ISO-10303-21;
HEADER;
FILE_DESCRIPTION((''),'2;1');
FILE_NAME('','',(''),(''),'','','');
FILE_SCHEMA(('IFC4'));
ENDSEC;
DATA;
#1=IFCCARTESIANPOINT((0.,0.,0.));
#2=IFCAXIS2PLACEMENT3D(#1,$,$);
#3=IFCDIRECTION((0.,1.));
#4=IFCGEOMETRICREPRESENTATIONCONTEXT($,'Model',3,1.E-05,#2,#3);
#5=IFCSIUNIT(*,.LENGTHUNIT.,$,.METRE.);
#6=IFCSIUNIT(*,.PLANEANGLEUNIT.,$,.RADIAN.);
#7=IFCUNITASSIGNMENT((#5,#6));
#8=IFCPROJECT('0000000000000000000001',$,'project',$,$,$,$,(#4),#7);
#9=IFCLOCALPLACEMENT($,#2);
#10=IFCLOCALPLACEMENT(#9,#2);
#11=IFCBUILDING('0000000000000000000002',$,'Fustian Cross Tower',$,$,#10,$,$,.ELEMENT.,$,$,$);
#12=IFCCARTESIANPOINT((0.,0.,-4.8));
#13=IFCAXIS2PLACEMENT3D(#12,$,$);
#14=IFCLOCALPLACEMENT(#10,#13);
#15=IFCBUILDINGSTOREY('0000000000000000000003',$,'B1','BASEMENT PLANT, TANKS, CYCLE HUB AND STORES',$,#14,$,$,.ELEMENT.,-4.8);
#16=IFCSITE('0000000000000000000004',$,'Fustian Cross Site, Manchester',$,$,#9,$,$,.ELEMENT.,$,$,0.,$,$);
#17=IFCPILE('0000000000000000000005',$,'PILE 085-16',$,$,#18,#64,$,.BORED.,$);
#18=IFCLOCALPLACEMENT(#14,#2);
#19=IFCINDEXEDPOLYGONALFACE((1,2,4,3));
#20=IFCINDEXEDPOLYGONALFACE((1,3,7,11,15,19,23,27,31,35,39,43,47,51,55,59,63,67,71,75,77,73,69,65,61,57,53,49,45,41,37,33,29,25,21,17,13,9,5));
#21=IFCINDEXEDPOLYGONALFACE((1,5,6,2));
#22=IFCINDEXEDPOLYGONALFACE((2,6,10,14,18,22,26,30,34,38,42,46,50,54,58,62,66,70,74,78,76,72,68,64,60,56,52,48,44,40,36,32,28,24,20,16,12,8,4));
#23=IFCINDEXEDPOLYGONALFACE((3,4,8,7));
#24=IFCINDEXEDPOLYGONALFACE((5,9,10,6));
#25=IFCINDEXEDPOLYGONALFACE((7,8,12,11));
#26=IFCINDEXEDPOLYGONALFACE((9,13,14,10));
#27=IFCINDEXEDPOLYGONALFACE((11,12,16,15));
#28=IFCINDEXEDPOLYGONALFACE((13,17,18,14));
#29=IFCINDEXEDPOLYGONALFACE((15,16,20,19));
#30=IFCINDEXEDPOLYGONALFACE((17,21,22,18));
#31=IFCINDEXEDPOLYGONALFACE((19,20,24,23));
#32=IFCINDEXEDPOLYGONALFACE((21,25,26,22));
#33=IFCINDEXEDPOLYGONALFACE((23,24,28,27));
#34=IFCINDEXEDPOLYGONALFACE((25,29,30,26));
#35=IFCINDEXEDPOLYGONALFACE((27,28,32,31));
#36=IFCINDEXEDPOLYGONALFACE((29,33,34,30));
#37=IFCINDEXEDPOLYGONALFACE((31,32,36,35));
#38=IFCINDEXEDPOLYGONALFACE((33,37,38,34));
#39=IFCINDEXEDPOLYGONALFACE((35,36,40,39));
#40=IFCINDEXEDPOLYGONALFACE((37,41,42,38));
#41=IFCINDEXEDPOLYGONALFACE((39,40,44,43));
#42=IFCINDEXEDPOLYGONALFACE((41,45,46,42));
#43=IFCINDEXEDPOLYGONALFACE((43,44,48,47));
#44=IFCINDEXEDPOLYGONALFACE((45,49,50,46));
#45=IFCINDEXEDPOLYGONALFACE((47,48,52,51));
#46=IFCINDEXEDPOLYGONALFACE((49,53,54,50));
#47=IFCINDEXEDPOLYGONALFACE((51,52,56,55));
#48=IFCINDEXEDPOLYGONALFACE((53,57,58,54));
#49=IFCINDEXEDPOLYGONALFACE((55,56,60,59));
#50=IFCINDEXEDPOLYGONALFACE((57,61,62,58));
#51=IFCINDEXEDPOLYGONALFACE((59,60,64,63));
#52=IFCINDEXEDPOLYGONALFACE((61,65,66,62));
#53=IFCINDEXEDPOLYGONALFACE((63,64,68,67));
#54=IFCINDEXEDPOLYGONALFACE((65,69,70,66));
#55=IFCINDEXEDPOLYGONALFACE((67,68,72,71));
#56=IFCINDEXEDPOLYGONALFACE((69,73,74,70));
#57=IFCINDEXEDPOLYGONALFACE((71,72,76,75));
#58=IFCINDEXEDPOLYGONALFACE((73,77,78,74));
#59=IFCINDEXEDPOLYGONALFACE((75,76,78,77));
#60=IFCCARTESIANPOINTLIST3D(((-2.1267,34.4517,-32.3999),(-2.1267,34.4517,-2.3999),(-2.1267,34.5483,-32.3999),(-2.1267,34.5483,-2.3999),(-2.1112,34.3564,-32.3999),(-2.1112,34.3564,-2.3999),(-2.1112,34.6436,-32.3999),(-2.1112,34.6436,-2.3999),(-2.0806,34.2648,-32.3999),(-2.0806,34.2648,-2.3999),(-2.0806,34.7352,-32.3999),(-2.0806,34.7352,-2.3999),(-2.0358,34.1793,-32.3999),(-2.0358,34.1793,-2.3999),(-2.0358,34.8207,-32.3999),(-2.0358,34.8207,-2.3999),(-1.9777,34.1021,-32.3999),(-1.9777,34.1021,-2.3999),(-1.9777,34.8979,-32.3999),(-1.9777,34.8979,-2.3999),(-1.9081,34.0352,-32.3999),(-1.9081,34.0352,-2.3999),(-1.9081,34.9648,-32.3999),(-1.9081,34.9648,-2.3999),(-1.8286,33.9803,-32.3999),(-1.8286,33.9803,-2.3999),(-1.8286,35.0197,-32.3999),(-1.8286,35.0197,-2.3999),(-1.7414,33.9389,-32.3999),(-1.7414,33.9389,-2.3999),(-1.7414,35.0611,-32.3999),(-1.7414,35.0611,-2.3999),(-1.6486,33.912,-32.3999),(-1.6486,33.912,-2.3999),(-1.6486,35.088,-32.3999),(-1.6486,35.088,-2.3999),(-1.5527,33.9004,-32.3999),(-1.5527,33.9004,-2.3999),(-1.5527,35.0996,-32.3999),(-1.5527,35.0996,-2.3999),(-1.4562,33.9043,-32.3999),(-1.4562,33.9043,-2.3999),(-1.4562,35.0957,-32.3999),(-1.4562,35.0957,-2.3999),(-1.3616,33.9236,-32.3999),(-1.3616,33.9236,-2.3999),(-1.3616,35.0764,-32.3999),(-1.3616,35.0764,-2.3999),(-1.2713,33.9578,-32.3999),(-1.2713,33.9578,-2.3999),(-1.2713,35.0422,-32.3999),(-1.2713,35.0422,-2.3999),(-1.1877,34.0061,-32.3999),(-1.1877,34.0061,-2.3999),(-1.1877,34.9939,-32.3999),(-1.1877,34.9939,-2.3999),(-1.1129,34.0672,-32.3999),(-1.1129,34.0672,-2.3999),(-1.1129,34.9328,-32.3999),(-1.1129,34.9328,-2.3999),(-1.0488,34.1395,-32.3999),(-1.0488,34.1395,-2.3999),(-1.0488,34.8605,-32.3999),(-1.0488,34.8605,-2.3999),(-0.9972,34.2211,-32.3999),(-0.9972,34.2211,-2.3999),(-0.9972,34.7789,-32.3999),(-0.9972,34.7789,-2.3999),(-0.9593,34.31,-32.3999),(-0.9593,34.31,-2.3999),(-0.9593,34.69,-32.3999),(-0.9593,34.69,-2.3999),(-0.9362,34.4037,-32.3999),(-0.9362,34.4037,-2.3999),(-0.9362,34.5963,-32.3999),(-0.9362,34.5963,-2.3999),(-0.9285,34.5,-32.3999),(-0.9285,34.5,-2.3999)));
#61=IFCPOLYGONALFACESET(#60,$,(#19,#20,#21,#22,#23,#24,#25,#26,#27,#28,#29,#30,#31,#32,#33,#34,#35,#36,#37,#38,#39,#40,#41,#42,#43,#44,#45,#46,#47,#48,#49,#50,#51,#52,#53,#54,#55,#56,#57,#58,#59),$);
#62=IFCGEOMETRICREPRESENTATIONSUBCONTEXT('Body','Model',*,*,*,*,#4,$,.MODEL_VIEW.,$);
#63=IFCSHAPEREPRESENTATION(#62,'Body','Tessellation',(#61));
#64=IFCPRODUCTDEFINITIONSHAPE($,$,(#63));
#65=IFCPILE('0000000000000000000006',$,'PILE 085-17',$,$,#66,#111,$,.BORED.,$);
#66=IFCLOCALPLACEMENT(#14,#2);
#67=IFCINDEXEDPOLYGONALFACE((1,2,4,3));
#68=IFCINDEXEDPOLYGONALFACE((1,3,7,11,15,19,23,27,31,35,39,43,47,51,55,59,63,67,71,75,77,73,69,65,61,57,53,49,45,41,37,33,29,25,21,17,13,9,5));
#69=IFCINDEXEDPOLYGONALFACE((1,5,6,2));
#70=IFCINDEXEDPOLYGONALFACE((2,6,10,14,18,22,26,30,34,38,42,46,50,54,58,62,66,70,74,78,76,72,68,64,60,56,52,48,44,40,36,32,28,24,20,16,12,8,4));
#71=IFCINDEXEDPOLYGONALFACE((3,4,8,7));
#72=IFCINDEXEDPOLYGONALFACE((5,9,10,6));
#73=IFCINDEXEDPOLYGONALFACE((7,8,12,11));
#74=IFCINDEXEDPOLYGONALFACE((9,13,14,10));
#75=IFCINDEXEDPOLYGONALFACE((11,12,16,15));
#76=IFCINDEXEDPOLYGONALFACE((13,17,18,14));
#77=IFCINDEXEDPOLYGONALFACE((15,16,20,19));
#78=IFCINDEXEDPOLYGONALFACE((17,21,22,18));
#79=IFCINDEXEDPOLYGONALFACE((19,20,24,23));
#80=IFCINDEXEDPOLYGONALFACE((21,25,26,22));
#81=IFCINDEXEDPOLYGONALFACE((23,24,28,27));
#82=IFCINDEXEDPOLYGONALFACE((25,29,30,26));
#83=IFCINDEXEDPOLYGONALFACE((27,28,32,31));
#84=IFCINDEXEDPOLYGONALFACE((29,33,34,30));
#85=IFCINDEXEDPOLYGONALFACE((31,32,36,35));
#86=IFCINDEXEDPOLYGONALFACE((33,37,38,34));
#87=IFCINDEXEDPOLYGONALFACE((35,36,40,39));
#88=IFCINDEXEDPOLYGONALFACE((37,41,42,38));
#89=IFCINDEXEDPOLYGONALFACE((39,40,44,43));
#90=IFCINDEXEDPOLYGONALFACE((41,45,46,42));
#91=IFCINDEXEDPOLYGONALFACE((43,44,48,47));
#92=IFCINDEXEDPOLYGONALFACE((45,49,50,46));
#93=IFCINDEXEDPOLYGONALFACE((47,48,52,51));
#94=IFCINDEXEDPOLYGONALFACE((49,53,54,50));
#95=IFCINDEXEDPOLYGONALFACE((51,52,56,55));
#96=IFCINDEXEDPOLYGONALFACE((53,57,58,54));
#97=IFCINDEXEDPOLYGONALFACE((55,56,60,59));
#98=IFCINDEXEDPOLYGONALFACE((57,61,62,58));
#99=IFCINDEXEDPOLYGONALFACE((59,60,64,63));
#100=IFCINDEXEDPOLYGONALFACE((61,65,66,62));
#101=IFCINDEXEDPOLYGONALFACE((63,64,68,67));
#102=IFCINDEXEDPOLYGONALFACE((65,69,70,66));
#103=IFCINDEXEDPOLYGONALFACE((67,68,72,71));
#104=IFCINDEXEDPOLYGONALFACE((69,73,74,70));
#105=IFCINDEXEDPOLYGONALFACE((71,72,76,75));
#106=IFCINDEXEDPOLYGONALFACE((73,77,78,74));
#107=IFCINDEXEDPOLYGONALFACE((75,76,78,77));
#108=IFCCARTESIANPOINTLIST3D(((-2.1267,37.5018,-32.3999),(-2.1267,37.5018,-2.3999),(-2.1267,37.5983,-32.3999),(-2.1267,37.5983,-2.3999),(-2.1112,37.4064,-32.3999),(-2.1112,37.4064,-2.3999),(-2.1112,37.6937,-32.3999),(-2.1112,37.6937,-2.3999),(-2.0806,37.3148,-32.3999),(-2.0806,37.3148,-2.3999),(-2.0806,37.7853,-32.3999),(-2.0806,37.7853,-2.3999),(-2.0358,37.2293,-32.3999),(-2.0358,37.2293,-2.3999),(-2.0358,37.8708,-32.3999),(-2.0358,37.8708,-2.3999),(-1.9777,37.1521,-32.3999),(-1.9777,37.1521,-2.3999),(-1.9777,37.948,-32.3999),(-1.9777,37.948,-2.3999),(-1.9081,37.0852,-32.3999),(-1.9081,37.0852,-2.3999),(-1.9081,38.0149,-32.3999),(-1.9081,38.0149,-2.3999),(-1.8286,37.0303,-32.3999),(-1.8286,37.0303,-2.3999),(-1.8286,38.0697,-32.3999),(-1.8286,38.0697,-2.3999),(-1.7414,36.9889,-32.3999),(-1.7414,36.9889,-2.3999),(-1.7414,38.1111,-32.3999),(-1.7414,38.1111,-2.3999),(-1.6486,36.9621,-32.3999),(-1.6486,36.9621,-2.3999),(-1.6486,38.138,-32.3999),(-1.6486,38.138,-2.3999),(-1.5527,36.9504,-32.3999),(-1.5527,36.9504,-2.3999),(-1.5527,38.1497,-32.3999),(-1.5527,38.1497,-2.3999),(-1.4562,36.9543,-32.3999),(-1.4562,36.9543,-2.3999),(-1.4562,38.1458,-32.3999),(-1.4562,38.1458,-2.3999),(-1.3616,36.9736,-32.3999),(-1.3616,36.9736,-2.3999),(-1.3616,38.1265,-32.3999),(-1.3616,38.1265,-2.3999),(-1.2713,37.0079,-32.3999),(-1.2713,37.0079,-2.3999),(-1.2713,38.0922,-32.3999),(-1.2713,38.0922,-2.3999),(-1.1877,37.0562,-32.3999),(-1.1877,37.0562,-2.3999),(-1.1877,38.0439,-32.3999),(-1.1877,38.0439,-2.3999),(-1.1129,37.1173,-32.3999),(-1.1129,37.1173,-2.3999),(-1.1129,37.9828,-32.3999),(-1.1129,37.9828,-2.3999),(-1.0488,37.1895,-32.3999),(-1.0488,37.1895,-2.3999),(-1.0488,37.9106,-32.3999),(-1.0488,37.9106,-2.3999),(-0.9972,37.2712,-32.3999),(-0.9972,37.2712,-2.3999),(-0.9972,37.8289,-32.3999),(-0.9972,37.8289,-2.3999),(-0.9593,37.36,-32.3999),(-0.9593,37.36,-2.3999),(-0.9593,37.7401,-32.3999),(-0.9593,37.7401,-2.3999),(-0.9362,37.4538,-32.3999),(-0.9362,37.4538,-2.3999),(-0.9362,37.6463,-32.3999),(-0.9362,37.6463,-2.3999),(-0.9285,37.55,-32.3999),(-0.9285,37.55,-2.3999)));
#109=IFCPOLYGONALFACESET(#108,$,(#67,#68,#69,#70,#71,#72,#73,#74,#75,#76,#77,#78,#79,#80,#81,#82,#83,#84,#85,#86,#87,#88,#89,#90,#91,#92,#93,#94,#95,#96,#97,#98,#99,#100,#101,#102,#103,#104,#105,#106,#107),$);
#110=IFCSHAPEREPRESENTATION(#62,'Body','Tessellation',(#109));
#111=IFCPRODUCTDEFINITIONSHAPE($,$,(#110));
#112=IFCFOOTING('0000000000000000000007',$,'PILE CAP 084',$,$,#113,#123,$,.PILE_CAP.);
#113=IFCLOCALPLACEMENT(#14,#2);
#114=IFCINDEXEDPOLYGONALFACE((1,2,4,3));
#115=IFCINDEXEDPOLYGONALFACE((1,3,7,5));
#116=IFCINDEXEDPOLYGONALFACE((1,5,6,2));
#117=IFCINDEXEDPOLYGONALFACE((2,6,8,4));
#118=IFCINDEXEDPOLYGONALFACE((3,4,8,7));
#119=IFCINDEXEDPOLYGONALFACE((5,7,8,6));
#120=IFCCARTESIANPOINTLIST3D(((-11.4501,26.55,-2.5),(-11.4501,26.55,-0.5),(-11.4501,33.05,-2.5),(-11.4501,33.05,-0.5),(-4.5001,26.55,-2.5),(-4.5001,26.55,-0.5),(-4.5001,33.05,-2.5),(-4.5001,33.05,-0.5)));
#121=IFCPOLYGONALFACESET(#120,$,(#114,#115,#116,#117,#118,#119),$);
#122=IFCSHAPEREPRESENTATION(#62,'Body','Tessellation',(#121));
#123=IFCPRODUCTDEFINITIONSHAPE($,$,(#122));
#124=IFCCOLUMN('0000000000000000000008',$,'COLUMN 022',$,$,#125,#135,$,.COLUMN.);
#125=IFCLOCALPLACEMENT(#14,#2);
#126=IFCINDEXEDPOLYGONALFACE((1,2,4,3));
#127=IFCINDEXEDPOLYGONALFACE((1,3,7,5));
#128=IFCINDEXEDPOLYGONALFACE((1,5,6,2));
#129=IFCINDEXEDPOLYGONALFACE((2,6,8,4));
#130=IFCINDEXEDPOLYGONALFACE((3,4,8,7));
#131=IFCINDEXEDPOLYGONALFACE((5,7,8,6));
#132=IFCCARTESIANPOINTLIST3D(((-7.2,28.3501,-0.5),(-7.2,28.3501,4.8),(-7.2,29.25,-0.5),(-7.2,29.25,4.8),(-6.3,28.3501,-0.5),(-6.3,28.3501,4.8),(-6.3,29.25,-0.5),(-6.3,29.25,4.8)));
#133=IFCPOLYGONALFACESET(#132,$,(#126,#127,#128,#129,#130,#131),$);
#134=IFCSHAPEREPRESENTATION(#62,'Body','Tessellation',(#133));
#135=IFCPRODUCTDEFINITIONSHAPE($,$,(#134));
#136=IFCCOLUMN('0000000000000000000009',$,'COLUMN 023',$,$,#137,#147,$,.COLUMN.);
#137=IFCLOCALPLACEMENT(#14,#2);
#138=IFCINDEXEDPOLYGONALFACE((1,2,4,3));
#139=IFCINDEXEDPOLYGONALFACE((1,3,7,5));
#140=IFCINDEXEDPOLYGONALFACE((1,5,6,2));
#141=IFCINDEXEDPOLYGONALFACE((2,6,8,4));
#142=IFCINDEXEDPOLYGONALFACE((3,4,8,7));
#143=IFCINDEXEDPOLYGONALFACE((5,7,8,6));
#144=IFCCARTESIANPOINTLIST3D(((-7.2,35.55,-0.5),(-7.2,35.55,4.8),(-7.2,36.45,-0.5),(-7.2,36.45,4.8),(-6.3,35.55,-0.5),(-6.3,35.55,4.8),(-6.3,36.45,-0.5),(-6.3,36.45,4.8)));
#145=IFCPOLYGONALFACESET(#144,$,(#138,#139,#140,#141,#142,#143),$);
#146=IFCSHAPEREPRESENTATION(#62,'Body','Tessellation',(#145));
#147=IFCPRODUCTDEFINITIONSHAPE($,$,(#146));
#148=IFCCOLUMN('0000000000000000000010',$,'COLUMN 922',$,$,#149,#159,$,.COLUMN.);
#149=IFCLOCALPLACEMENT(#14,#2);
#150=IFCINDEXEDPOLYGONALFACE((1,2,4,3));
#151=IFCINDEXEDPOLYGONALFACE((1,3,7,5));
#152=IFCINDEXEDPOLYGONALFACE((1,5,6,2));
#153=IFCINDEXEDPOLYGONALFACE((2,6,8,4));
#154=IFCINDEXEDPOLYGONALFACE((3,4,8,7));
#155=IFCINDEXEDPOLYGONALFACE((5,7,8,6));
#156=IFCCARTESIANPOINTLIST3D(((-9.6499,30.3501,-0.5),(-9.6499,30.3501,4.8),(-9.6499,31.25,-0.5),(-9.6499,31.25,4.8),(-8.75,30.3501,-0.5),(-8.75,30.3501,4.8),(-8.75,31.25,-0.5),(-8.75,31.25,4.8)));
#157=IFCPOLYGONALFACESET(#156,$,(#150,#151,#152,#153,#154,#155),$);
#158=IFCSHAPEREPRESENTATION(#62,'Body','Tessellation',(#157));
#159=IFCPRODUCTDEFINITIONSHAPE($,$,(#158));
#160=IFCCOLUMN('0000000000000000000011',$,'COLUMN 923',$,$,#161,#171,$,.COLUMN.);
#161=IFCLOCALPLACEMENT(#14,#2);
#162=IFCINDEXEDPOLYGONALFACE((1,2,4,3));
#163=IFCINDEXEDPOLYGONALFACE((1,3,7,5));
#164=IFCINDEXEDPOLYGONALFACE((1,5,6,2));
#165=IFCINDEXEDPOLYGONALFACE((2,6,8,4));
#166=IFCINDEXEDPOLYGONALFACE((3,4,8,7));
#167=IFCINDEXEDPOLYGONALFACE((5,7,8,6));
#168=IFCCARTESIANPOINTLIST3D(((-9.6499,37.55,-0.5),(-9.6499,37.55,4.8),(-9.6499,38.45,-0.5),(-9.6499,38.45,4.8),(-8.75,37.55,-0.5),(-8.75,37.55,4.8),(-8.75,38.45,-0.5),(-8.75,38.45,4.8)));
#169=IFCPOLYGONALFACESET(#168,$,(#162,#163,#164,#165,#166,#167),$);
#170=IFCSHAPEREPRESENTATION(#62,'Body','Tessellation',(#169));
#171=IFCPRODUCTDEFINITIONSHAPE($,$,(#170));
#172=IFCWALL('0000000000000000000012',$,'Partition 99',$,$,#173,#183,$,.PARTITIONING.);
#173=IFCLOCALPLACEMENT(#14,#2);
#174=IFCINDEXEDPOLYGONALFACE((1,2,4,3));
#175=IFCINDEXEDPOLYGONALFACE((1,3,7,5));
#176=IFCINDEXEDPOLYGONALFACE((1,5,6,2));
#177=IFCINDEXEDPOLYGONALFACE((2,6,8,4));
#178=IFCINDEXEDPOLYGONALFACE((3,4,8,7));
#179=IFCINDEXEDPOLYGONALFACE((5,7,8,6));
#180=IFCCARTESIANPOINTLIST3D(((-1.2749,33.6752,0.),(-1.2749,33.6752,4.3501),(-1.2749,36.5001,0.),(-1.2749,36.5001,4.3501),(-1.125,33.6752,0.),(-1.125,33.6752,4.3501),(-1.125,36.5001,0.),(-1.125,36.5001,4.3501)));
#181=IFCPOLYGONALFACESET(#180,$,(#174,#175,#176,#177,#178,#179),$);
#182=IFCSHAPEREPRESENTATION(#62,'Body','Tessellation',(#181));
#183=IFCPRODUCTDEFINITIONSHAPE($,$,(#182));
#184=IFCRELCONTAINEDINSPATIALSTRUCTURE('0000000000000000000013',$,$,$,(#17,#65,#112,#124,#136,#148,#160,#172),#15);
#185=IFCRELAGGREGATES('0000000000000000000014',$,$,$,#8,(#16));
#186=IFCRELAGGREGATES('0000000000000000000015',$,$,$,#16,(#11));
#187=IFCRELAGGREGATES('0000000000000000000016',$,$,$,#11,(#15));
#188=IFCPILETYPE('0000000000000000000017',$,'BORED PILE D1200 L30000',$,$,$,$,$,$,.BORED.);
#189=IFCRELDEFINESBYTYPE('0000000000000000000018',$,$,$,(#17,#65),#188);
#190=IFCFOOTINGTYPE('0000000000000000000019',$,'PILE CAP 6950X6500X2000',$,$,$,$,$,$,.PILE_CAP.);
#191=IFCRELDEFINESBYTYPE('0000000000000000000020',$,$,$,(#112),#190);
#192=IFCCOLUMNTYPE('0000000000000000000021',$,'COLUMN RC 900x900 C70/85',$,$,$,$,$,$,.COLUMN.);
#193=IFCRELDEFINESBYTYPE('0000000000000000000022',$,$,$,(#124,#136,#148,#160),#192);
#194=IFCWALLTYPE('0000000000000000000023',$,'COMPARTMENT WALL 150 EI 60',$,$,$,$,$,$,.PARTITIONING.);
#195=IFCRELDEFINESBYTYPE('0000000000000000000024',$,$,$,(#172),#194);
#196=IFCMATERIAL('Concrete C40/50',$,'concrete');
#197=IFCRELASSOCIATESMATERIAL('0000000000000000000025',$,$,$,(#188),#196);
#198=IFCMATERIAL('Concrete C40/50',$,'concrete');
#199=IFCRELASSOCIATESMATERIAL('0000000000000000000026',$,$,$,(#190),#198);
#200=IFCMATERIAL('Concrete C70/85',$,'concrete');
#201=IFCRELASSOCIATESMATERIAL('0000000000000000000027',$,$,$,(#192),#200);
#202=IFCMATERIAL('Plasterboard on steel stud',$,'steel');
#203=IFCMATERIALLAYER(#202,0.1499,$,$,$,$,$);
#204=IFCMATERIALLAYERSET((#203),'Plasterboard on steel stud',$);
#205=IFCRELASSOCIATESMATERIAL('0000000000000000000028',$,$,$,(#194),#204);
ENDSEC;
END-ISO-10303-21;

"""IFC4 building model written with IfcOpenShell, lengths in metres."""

from ifc_helpers import new_model, si_unit, direction, frame, frame_2d, origin, origin_2d, place, context, subcontext, project, spatial, rectangle, circle, extrude, material, layer, layer_set, material_profile, profile_set, type_object, element, save


model = new_model("IFC4")

# Units and contexts
model_context = context("Model", 3, precision=1e-05, world=origin(), true_north=direction((0.0, 1.0)))
body_context = subcontext(model_context, "Body", "Model", "MODEL_VIEW")
ifc_project = project(units=[si_unit("LENGTHUNIT", "METRE"), si_unit("PLANEANGLEUNIT", "RADIAN")], contexts=[model_context])

# Site, building, storey
site_placement = place(None, origin())
site = spatial("IfcSite", under=ifc_project, at=site_placement, Name="Fustian Cross Site, Manchester", CompositionType="ELEMENT", RefElevation=0.0)
building_placement = place(site_placement, origin())
building = spatial("IfcBuilding", under=site, at=building_placement, Name="Fustian Cross Tower", CompositionType="ELEMENT")
storey_placement = place(building_placement, frame((0.0, 0.0, -4.8)))
storey = spatial("IfcBuildingStorey", under=building, at=storey_placement, Name="B1", Description="BASEMENT PLANT, TANKS, CYCLE HUB AND STORES", CompositionType="ELEMENT", Elevation=-4.8)

# Piles
ifc_material_1 = material(Name="Concrete C40/50", Category="concrete")
ifc_material_profile_1 = material_profile(ifc_material_1, circle(Radius=0.6001, at=origin_2d()), Name="BORED PILE D1200 L30000")
ifc_profile_set_1 = profile_set([ifc_material_profile_1], Name="Concrete C40/50")
pile_type = type_object("IfcPileType", Name="BORED PILE D1200 L30000", PredefinedType="BORED", material=ifc_profile_set_1)
for number, where, z_axis, x_axis, name in (
    (1, (-1.5286, 34.5, -2.3999), (0.0, 0.0, -1.0), (1.0, 0.0, 0.0), "PILE 085-16"),
    (2, (-1.5286, 37.55, -2.3999), (0.0, 0.0, -1.0), (1.0, 0.0, 0.0), "PILE 085-17"),
):
    element("IfcPile", number, at=place(storey_placement, frame(where, z_axis=z_axis, x_axis=x_axis)), inside=storey, type_object=pile_type, Name=name, PredefinedType="BORED", context=body_context, shape_type="SweptSolid", body=[
        extrude(circle(Radius=0.6001, at=origin_2d()), origin(), (0.0, 0.0, 1.0), 30.0),
    ])

# Footing
ifc_material_2 = material(Name="Concrete C40/50", Category="concrete")
footing_type = type_object("IfcFootingType", Name="PILE CAP 6950X6500X2000", PredefinedType="PILE_CAP", material=ifc_material_2)
footing_placement = place(storey_placement, frame((-7.9751, 29.8, -2.5), z_axis=(0.0, 0.0, 1.0), x_axis=(1.0, 0.0, 0.0)))
element("IfcFooting", 3, at=footing_placement, inside=storey, type_object=footing_type, Name="PILE CAP 084", PredefinedType="PILE_CAP", context=body_context, shape_type="SweptSolid", body=[
    extrude(rectangle(XDim=6.95, YDim=6.5, at=origin_2d()), origin(), (0.0, 0.0, 1.0), 2.0),
])

# Columns
ifc_material_3 = material(Name="Concrete C70/85", Category="concrete")
ifc_material_profile_2 = material_profile(ifc_material_3, rectangle(XDim=0.8999, YDim=0.8999, at=origin_2d()), Name="RC 900x900")
ifc_profile_set_2 = profile_set([ifc_material_profile_2], Name="Concrete C70/85")
column_type = type_object("IfcColumnType", Name="COLUMN RC 900x900 C70/85", PredefinedType="COLUMN", material=ifc_profile_set_2)
for number, where, z_axis, x_axis, name in (
    (4, (-6.75, 28.8, -0.5), (0.0, 0.0, 1.0), (1.0, 0.0, 0.0), "COLUMN 022"),
    (5, (-6.75, 36.0, -0.5), (0.0, 0.0, 1.0), (1.0, 0.0, 0.0), "COLUMN 023"),
    (6, (-9.2, 30.8, -0.5), (0.0, 0.0, 1.0), (1.0, 0.0, 0.0), "COLUMN 922"),
    (7, (-9.2, 38.0, -0.5), (0.0, 0.0, 1.0), (1.0, 0.0, 0.0), "COLUMN 923"),
):
    element("IfcColumn", number, at=place(storey_placement, frame(where, z_axis=z_axis, x_axis=x_axis)), inside=storey, type_object=column_type, Name=name, PredefinedType="COLUMN", context=body_context, shape_type="SweptSolid", body=[
        extrude(rectangle(XDim=0.8999, YDim=0.8999, at=origin_2d()), origin(), (0.0, 0.0, 1.0), 5.3),
    ])

# Wall
ifc_material_4 = material(Name="Plasterboard on steel stud", Category="steel")
ifc_layer_1 = layer(ifc_material_4, 0.1499)
ifc_layer_set_1 = layer_set([ifc_layer_1], Name="Plasterboard on steel stud")
wall_type_1 = type_object("IfcWallType", Name="COMPARTMENT WALL 150 EI 60", PredefinedType="PARTITIONING", material=ifc_layer_set_1)
wall_1_placement = place(storey_placement, frame((-1.2, 33.675, 0.0), z_axis=(0.0, 0.0, 1.0), x_axis=(0.0, 1.0, 0.0)))
element("IfcWall", 8, at=wall_1_placement, inside=storey, type_object=wall_type_1, Name="Partition 99", PredefinedType="PARTITIONING", context=body_context, shape_type="SweptSolid", body=[
    extrude(rectangle(XDim=2.825, YDim=0.1499, at=frame_2d((1.4126, 0.0))), origin(), (0.0, 0.0, 1.0), 4.3501),
])

save(model, "model.ifc")
